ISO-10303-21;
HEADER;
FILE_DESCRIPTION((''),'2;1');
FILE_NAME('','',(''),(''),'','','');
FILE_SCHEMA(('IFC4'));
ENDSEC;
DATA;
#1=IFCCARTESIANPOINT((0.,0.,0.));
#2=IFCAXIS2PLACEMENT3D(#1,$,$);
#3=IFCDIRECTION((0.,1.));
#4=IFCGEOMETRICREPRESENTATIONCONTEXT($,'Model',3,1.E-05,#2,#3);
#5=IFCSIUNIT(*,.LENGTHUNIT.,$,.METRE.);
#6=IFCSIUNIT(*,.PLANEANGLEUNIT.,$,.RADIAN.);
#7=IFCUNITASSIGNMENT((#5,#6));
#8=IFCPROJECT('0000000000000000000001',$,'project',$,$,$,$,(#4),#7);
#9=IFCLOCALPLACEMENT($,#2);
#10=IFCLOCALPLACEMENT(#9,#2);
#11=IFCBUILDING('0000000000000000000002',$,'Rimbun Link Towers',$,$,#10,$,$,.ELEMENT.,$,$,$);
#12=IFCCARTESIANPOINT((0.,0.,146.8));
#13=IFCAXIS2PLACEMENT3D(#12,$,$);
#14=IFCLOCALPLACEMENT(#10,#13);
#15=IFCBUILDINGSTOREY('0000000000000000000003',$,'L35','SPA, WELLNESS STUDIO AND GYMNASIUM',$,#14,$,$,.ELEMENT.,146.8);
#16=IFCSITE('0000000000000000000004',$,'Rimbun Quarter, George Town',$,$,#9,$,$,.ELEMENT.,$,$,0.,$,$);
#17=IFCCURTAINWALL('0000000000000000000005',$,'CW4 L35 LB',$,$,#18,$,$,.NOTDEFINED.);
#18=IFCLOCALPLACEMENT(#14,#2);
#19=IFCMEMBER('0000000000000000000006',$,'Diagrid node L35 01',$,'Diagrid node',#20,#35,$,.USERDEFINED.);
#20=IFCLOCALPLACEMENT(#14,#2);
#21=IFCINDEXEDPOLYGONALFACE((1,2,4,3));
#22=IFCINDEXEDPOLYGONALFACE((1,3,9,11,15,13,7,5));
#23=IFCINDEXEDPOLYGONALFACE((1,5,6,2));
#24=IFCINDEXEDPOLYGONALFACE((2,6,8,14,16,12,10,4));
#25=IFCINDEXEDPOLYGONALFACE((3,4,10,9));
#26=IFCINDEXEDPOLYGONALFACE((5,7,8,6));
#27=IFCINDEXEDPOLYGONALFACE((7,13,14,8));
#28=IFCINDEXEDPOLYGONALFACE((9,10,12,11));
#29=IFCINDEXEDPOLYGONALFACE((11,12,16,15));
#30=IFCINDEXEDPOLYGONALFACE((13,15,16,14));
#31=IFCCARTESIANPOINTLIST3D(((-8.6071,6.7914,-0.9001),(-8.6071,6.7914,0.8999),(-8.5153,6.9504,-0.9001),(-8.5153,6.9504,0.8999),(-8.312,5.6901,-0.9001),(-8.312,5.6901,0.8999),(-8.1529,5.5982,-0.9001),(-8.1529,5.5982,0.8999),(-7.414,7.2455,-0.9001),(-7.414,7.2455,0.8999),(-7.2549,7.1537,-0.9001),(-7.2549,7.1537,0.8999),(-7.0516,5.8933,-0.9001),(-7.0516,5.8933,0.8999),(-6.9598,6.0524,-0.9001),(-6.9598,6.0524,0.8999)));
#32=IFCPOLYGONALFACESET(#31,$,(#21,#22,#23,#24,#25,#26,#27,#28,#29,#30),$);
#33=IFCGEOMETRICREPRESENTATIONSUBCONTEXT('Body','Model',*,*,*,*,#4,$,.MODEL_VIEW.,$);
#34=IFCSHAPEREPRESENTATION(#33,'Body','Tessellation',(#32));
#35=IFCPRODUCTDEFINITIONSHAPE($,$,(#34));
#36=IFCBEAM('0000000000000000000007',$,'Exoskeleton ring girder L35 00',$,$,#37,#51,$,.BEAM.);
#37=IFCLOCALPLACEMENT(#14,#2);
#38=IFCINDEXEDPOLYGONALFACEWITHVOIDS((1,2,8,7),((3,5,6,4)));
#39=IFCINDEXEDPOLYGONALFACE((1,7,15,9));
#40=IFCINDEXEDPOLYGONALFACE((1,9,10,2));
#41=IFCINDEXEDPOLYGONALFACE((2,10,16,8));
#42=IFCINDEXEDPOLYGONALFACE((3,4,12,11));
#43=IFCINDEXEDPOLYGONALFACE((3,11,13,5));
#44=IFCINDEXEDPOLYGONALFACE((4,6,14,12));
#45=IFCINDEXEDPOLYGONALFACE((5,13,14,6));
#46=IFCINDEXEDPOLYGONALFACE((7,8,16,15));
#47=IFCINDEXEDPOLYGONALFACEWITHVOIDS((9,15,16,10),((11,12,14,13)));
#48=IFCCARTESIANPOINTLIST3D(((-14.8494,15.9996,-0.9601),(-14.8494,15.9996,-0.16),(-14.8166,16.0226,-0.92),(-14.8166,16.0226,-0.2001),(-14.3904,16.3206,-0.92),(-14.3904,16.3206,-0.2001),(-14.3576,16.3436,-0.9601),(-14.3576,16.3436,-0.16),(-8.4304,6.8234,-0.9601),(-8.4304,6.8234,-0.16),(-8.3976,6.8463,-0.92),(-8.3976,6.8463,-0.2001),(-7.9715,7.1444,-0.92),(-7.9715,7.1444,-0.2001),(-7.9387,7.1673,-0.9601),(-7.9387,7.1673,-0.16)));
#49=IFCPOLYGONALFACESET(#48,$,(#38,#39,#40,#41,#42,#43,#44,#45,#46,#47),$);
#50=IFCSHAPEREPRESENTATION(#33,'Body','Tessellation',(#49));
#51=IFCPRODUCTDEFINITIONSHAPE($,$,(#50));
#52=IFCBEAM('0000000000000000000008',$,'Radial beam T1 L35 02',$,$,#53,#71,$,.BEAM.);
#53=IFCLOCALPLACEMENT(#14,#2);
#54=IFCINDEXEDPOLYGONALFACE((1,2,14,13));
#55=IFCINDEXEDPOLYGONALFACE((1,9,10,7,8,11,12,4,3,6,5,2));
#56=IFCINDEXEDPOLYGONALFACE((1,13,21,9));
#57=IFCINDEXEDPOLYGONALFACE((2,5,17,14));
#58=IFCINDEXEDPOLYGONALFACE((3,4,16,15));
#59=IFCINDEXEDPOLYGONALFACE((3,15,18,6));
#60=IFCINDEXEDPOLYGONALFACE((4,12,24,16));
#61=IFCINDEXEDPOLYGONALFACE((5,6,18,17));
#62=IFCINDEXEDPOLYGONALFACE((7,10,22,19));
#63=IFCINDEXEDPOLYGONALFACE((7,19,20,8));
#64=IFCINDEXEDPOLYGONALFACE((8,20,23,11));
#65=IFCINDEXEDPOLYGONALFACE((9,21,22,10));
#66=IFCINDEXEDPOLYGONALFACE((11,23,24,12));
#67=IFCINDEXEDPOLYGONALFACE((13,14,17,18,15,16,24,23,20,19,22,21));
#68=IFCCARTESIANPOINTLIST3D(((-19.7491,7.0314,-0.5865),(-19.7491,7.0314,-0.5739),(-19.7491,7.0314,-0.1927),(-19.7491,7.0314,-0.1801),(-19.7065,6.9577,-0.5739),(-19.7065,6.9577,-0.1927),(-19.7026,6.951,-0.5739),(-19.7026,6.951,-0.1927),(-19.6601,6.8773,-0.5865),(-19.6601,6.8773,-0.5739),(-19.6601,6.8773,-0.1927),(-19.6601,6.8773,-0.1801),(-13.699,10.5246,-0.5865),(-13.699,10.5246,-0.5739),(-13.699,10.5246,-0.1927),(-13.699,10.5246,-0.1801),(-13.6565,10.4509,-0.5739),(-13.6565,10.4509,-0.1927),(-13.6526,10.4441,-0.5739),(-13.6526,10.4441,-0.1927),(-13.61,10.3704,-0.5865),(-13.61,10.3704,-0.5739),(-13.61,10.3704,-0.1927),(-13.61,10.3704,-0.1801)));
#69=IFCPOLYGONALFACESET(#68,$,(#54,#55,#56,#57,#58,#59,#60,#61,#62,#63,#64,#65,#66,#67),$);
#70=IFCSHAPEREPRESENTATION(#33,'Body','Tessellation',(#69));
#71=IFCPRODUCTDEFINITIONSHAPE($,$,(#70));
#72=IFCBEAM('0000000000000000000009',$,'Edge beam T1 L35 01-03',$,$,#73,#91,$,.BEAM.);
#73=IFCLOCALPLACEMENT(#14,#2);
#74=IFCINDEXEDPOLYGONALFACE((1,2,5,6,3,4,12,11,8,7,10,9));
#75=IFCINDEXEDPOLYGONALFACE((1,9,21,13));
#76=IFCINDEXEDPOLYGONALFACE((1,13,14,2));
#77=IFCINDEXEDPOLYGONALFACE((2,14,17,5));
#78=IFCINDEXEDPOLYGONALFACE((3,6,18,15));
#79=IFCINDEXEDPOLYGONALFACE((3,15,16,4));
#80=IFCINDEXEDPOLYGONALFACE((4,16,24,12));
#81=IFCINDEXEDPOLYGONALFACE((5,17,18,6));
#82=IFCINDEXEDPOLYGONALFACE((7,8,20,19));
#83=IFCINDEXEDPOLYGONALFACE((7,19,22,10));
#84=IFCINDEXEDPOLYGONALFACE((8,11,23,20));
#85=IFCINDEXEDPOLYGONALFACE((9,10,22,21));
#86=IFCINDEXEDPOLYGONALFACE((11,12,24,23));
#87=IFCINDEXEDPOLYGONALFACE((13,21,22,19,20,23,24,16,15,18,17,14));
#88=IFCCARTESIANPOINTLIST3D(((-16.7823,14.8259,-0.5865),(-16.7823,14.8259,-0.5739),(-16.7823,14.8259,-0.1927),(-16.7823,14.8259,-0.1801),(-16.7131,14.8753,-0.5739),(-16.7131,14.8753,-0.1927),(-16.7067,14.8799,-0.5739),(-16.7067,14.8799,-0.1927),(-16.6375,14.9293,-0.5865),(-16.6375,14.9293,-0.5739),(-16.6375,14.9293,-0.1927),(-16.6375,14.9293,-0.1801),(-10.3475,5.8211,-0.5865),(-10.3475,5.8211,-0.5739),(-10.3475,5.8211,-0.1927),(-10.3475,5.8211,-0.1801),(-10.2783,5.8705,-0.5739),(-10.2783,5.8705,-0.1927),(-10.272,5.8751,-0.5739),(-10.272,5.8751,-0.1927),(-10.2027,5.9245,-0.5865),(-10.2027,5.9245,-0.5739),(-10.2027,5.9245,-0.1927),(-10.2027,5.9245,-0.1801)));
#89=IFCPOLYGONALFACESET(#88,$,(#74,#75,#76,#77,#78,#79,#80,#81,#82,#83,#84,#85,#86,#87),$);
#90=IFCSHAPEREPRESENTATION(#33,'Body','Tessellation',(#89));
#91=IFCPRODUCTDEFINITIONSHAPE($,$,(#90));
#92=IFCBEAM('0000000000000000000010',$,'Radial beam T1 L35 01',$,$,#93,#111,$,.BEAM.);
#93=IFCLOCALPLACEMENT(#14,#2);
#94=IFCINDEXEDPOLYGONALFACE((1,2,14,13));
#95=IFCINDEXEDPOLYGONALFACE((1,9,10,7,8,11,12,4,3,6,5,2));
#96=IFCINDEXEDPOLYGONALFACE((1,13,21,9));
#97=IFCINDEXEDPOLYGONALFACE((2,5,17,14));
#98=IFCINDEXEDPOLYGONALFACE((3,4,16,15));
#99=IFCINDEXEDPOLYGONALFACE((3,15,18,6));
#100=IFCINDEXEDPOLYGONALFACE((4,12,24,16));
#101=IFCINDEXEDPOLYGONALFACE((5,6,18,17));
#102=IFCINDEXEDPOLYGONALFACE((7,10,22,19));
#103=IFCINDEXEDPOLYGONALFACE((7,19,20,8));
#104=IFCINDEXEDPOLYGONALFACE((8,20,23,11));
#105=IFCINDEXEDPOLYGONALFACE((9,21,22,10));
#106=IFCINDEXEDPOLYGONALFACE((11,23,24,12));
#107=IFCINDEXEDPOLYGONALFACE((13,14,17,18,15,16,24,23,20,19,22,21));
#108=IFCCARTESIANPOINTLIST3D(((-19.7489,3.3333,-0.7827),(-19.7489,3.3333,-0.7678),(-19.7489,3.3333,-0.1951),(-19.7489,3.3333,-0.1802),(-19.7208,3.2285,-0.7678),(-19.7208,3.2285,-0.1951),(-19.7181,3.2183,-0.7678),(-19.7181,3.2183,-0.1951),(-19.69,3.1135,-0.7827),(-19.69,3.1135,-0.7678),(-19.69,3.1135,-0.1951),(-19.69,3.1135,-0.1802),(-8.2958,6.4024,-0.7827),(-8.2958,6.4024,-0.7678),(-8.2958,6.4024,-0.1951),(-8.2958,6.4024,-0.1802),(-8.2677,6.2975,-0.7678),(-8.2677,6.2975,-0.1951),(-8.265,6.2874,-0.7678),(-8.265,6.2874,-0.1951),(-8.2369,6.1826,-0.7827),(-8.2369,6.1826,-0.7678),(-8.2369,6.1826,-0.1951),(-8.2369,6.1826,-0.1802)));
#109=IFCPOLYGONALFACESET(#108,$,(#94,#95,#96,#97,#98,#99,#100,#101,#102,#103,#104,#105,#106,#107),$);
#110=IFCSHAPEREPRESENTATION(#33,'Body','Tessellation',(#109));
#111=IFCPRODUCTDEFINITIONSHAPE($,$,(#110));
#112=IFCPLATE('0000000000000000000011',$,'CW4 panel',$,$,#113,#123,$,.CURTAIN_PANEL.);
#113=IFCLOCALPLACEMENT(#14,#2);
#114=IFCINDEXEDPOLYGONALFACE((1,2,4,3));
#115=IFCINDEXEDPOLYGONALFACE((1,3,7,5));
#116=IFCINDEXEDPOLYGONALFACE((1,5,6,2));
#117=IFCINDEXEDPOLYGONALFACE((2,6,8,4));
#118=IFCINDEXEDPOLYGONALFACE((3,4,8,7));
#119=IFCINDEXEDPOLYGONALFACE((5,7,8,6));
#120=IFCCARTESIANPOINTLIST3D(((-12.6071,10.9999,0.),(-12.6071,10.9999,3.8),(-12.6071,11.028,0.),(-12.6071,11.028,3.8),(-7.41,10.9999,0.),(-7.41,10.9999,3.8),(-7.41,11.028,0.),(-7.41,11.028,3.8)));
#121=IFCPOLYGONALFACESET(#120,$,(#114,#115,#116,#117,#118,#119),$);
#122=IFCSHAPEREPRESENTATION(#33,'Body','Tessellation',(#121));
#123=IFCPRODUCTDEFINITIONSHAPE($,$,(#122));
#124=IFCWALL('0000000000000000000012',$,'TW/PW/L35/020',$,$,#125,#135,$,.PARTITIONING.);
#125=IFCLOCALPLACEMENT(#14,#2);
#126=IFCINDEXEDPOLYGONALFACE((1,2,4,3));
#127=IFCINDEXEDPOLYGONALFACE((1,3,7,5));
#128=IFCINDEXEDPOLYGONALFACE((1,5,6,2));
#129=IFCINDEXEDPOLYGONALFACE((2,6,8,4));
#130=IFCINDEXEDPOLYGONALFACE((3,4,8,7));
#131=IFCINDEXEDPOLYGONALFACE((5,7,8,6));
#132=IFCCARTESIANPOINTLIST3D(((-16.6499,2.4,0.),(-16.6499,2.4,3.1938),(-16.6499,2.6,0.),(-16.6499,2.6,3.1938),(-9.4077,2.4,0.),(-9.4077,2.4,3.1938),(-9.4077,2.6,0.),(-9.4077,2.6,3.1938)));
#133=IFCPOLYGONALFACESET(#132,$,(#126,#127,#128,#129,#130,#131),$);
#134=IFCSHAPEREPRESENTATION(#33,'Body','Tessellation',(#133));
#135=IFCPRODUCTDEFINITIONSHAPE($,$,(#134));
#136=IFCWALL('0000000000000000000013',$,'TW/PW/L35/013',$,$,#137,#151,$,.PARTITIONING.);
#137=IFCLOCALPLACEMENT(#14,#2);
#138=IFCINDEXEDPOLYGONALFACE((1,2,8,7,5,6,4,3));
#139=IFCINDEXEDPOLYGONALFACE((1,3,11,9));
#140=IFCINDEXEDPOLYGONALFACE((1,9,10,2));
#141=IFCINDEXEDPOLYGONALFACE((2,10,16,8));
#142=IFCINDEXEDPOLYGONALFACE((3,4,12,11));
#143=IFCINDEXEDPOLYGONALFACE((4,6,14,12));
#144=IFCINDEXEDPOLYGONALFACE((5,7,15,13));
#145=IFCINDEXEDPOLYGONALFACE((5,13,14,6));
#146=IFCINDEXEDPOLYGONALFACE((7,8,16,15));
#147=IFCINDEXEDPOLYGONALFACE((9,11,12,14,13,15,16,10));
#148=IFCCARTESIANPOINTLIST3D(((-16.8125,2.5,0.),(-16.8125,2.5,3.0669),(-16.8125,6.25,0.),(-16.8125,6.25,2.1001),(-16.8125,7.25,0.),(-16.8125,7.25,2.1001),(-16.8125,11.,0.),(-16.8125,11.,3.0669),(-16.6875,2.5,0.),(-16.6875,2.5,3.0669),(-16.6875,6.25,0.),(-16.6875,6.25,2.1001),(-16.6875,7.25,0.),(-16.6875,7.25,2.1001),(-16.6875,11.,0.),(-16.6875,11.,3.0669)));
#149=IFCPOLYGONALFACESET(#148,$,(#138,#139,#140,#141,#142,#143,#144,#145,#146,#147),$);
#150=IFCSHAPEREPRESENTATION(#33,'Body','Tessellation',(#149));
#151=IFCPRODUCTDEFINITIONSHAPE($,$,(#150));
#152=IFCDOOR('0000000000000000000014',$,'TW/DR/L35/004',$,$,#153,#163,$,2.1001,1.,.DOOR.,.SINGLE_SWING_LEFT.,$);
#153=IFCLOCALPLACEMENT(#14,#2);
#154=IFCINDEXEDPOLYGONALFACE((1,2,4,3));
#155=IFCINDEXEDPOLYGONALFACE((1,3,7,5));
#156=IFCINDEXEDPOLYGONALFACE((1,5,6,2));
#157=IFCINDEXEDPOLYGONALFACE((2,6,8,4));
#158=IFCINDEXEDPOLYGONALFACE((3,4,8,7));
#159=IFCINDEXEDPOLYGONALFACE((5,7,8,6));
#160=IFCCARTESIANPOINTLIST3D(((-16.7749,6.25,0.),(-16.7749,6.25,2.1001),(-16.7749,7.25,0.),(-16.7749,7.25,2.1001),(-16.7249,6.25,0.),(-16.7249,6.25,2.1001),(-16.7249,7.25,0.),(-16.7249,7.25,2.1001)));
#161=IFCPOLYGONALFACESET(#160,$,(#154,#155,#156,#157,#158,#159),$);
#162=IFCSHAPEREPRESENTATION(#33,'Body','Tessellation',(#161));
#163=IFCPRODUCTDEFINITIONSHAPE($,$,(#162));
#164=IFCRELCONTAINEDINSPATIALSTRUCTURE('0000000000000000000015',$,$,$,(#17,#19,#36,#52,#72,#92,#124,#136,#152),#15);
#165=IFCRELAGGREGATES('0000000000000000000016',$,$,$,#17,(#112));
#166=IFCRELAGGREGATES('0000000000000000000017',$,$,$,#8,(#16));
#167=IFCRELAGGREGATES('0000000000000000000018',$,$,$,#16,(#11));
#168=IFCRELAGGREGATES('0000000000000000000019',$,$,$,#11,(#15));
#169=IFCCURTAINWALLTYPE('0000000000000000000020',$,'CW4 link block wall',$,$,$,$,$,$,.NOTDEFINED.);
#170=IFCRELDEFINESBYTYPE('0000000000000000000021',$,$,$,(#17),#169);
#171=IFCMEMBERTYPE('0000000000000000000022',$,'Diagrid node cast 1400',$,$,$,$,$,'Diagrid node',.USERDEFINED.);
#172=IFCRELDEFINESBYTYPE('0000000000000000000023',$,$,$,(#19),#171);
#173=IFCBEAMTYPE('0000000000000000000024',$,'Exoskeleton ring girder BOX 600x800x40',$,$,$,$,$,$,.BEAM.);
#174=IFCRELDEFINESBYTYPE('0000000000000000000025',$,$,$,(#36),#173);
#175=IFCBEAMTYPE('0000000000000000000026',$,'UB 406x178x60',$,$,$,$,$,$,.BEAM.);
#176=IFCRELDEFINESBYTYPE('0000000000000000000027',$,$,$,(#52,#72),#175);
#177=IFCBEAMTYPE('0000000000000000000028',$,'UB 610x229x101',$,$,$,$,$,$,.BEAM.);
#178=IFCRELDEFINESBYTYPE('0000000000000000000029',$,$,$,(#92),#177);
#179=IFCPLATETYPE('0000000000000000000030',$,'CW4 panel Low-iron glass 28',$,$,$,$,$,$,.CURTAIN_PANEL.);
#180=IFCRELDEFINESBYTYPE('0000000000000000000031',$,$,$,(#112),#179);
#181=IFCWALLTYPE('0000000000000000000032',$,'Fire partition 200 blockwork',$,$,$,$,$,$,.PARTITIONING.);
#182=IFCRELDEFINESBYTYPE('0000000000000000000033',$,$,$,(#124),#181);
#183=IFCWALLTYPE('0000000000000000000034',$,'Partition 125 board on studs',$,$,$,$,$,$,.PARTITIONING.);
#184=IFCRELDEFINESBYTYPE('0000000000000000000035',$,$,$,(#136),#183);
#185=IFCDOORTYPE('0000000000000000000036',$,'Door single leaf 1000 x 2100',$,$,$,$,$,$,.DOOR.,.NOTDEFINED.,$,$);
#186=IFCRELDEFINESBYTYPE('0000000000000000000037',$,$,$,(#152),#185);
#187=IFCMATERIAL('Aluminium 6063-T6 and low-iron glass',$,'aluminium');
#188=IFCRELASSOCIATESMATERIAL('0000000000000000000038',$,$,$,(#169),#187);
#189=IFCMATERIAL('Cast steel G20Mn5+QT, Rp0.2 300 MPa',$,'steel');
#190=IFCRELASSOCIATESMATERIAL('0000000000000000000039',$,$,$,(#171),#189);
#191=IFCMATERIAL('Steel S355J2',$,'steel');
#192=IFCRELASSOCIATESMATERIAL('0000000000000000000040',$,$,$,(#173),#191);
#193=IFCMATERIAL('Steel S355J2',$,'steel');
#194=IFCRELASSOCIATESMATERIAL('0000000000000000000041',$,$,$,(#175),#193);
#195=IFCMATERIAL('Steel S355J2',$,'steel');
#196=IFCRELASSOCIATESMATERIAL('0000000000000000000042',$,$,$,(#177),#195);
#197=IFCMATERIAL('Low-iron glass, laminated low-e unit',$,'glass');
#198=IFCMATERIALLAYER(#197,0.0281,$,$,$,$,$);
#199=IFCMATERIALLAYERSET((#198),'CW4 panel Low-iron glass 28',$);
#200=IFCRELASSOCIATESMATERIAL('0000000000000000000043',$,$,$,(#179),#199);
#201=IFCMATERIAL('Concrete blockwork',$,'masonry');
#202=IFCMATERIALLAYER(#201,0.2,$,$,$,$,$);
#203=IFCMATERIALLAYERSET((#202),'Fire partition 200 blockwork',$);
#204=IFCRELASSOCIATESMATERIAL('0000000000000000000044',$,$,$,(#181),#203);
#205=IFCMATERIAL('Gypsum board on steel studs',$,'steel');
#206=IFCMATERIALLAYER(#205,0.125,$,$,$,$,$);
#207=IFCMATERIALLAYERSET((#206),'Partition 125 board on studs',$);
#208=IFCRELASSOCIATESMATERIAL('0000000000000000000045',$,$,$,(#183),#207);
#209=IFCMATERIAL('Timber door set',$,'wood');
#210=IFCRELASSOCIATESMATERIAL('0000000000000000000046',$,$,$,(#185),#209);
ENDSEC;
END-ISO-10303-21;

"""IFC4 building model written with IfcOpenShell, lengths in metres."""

from ifc_helpers import new_model, si_unit, direction, frame, frame_2d, origin, origin_2d, place, context, subcontext, project, spatial, polyline, rectangle, hollow_rectangle, i_section, outline, extrude, material, layer, layer_set, material_profile, profile_set, type_object, element, fill, aggregate, save


model = new_model("IFC4")

# Units and contexts
model_context = context("Model", 3, precision=1e-05, world=origin(), true_north=direction((0.0, 1.0)))
body_context = subcontext(model_context, "Body", "Model", "MODEL_VIEW")
ifc_project = project(units=[si_unit("LENGTHUNIT", "METRE"), si_unit("PLANEANGLEUNIT", "RADIAN")], contexts=[model_context])

# Site, building, storey
site_placement = place(None, origin())
site = spatial("IfcSite", under=ifc_project, at=site_placement, Name="Rimbun Quarter, George Town", CompositionType="ELEMENT", RefElevation=0.0)
building_placement = place(site_placement, origin())
building = spatial("IfcBuilding", under=site, at=building_placement, Name="Rimbun Link Towers", CompositionType="ELEMENT")
storey_placement = place(building_placement, frame((0.0, 0.0, 146.8)))
storey = spatial("IfcBuildingStorey", under=building, at=storey_placement, Name="L35", Description="SPA, WELLNESS STUDIO AND GYMNASIUM", CompositionType="ELEMENT", Elevation=146.8)

# Curtain wall
ifc_material_1 = material(Name="Aluminium 6063-T6 and low-iron glass", Category="aluminium")
curtain_wall_type = type_object("IfcCurtainWallType", Name="CW4 link block wall", PredefinedType="NOTDEFINED", material=ifc_material_1)
curtain_wall_placement = place(storey_placement, origin())
curtain_wall = element("IfcCurtainWall", 1, at=curtain_wall_placement, inside=storey, type_object=curtain_wall_type, Name="CW4 L35 LB", PredefinedType="NOTDEFINED")

# Member
ifc_material_2 = material(Name="Cast steel G20Mn5+QT, Rp0.2 300 MPa", Category="steel")
ifc_material_profile_1 = material_profile(ifc_material_2, outline(polyline([(0.7, -0.5701), (0.7, 0.5701), (0.5701, 0.7), (-0.5701, 0.7), (-0.7, 0.5701), (-0.7, -0.5701), (-0.5701, -0.7), (0.5701, -0.7), (0.7, -0.5701)])), Name="NODE 1400x1400")
ifc_profile_set_1 = profile_set([ifc_material_profile_1], Name="Cast steel G20Mn5+QT, Rp0.2 300 MPa")
member_type_1 = type_object("IfcMemberType", Name="Diagrid node cast 1400", ElementType="Diagrid node", PredefinedType="USERDEFINED", material=ifc_profile_set_1)
member_1_placement = place(storey_placement, frame((-7.7834, 6.4219, -0.9001), z_axis=(0.0, 0.0, 1.0), x_axis=(0.965926, 0.258819, 0.0)))
element("IfcMember", 2, at=member_1_placement, inside=storey, type_object=member_type_1, Name="Diagrid node L35 01", ObjectType="Diagrid node", PredefinedType="USERDEFINED", context=body_context, shape_type="SweptSolid", body=[
    extrude(outline(polyline([(0.7, -0.5701), (0.7, 0.5701), (0.5701, 0.7), (-0.5701, 0.7), (-0.7, 0.5701), (-0.7, -0.5701), (-0.5701, -0.7), (0.5701, -0.7), (0.7, -0.5701)])), origin(), (0.0, 0.0, 1.0), 1.8),
])

# Beams
ifc_material_3 = material(Name="Steel S355J2", Category="steel")
ifc_material_profile_2 = material_profile(ifc_material_3, hollow_rectangle(XDim=0.6001, YDim=0.8, WallThickness=0.04, at=origin_2d()), Name="Exoskeleton ring girder BOX 600x800x40")
ifc_profile_set_2 = profile_set([ifc_material_profile_2], Name="Steel S355J2")
beam_type_1 = type_object("IfcBeamType", Name="Exoskeleton ring girder BOX 600x800x40", PredefinedType="BEAM", material=ifc_profile_set_2)
beam_1_placement = place(storey_placement, frame((-8.1846, 6.9954, -0.5601), z_axis=(-0.573196, 0.819418, 0.0), x_axis=(-0.819418, -0.573196, 0.0)))
element("IfcBeam", 3, at=beam_1_placement, inside=storey, type_object=beam_type_1, Name="Exoskeleton ring girder L35 00", PredefinedType="BEAM", context=body_context, shape_type="SweptSolid", body=[
    extrude(hollow_rectangle(XDim=0.6001, YDim=0.8, WallThickness=0.04, at=origin_2d()), origin(), (0.0, 0.0, 1.0), 11.1985),
])
ifc_material_4 = material(Name="Steel S355J2", Category="steel")
ifc_material_profile_3 = material_profile(ifc_material_4, i_section(OverallWidth=0.178, OverallDepth=0.4065, WebThickness=0.0078, FlangeThickness=0.0127, at=origin_2d()), Name="UB 406x178x60")
ifc_profile_set_3 = profile_set([ifc_material_profile_3], Name="Steel S355J2")
beam_type_2 = type_object("IfcBeamType", Name="UB 406x178x60", PredefinedType="BEAM", material=ifc_profile_set_3)
beam_2_placement = place(storey_placement, frame((-19.7046, 6.9543, -0.3833), z_axis=(0.866015, 0.500018, 0.0), x_axis=(-0.500018, 0.866015, 0.0)))
element("IfcBeam", 4, at=beam_2_placement, inside=storey, type_object=beam_type_2, Name="Radial beam T1 L35 02", PredefinedType="BEAM", context=body_context, shape_type="SweptSolid", body=[
    extrude(i_section(OverallWidth=0.178, OverallDepth=0.4065, WebThickness=0.0078, FlangeThickness=0.0127, at=origin_2d()), origin(), (0.0, 0.0, 1.0), 6.9861),
])
beam_3_placement = place(storey_placement, frame((-10.2751, 5.8728, -0.3833), z_axis=(-0.581403, 0.813616, 0.0), x_axis=(-0.813616, -0.581403, 0.0)))
element("IfcBeam", 5, at=beam_3_placement, inside=storey, type_object=beam_type_2, Name="Edge beam T1 L35 01-03", PredefinedType="BEAM", context=body_context, shape_type="SweptSolid", body=[
    extrude(i_section(OverallWidth=0.178, OverallDepth=0.4065, WebThickness=0.0078, FlangeThickness=0.0127, at=origin_2d()), origin(), (0.0, 0.0, 1.0), 11.0676),
])
ifc_material_5 = material(Name="Steel S355J2", Category="steel")
ifc_material_profile_4 = material_profile(ifc_material_5, i_section(OverallWidth=0.2275, OverallDepth=0.6025, WebThickness=0.0105, FlangeThickness=0.0149, at=origin_2d()), Name="UB 610x229x101")
ifc_profile_set_4 = profile_set([ifc_material_profile_4], Name="Steel S355J2")
beam_type_3 = type_object("IfcBeamType", Name="UB 610x229x101", PredefinedType="BEAM", material=ifc_profile_set_4)
beam_4_placement = place(storey_placement, frame((-19.7195, 3.2234, -0.4814), z_axis=(0.965921, 0.258838, 0.0), x_axis=(-0.258838, 0.965921, 0.0)))
element("IfcBeam", 6, at=beam_4_placement, inside=storey, type_object=beam_type_3, Name="Radial beam T1 L35 01", PredefinedType="BEAM", context=body_context, shape_type="SweptSolid", body=[
    extrude(i_section(OverallWidth=0.2275, OverallDepth=0.6025, WebThickness=0.0105, FlangeThickness=0.0149, at=origin_2d()), origin(), (0.0, 0.0, 1.0), 11.8572),
])

# Plate
ifc_material_6 = material(Name="Low-iron glass, laminated low-e unit", Category="glass")
ifc_layer_1 = layer(ifc_material_6, 0.0281)
ifc_layer_set_1 = layer_set([ifc_layer_1], Name="CW4 panel Low-iron glass 28")
plate_type = type_object("IfcPlateType", Name="CW4 panel Low-iron glass 28", PredefinedType="CURTAIN_PANEL", material=ifc_layer_set_1)
plate_placement = place(storey_placement, frame((-10.0085, 11.0139, 0.0), z_axis=(0.0, 0.0, 1.0), x_axis=(1.0, 0.0, 0.0)))
plate = element("IfcPlate", 7, at=plate_placement, type_object=plate_type, Name="CW4 panel", PredefinedType="CURTAIN_PANEL", context=body_context, shape_type="SweptSolid", body=[
    extrude(rectangle(XDim=5.197, YDim=0.0281, at=origin_2d()), origin(), (0.0, 0.0, 1.0), 3.8),
])
aggregate(curtain_wall, [plate])

# Wall
ifc_material_7 = material(Name="Concrete blockwork", Category="masonry")
ifc_layer_2 = layer(ifc_material_7, 0.2)
ifc_layer_set_2 = layer_set([ifc_layer_2], Name="Fire partition 200 blockwork")
wall_type_1 = type_object("IfcWallType", Name="Fire partition 200 blockwork", PredefinedType="PARTITIONING", material=ifc_layer_set_2)
wall_1_placement = place(storey_placement, frame((-9.4077, 2.5, 0.0), z_axis=(0.0, 0.0, 1.0), x_axis=(-1.0, 0.0, 0.0)))
element("IfcWall", 8, at=wall_1_placement, inside=storey, type_object=wall_type_1, Name="TW/PW/L35/020", PredefinedType="PARTITIONING", context=body_context, shape_type="SweptSolid", body=[
    extrude(rectangle(XDim=7.2422, YDim=0.2, at=frame_2d((3.6211, 0.0))), origin(), (0.0, 0.0, 1.0), 3.1938),
])

# Wall, opening, door
ifc_material_8 = material(Name="Gypsum board on steel studs", Category="steel")
ifc_layer_3 = layer(ifc_material_8, 0.125)
ifc_layer_set_3 = layer_set([ifc_layer_3], Name="Partition 125 board on studs")
wall_type_2 = type_object("IfcWallType", Name="Partition 125 board on studs", PredefinedType="PARTITIONING", material=ifc_layer_set_3)
wall_2_placement = place(storey_placement, frame((-16.75, 2.5, 0.0), z_axis=(0.0, 0.0, 1.0), x_axis=(0.0, 1.0, 0.0)))
wall_2 = element("IfcWall", 9, at=wall_2_placement, inside=storey, type_object=wall_type_2, Name="TW/PW/L35/013", PredefinedType="PARTITIONING", context=body_context, shape_type="SweptSolid", body=[
    extrude(rectangle(XDim=8.5, YDim=0.125, at=frame_2d((4.25, 0.0))), origin(), (0.0, 0.0, 1.0), 3.0669),
])
opening_1_placement = place(wall_2_placement, frame((3.75, 0.0, 0.0)))
opening_1 = element("IfcOpeningElement", 10, at=opening_1_placement, cuts=wall_2, PredefinedType="OPENING", context=body_context, shape_type="SweptSolid", body=[
    extrude(rectangle(XDim=1.0, YDim=2.1001, at=frame_2d((0.5, 1.05))), frame((0.0, 0.0725, 0.0), z_axis=(0.0, -1.0, 0.0), x_axis=(1.0, 0.0, 0.0)), (0.0, 0.0, 1.0), 0.145),
])
ifc_material_9 = material(Name="Timber door set", Category="wood")
door_type = type_object("IfcDoorType", Name="Door single leaf 1000 x 2100", OperationType="NOTDEFINED", PredefinedType="DOOR", material=ifc_material_9)
door_1_placement = place(opening_1_placement, origin())
door_1 = element("IfcDoor", 11, at=door_1_placement, inside=storey, type_object=door_type, Name="TW/DR/L35/004", OperationType="SINGLE_SWING_LEFT", OverallHeight=2.1001, OverallWidth=1.0, PredefinedType="DOOR", context=body_context, shape_type="SweptSolid", body=[
    extrude(rectangle(XDim=1.0, YDim=2.1001, at=frame_2d((0.5, 1.05))), frame((0.0, 0.0249, 0.0), z_axis=(0.0, -1.0, 0.0), x_axis=(1.0, 0.0, 0.0)), (0.0, 0.0, 1.0), 0.05),
])
fill(opening_1, door_1)

save(model, "model.ifc")
